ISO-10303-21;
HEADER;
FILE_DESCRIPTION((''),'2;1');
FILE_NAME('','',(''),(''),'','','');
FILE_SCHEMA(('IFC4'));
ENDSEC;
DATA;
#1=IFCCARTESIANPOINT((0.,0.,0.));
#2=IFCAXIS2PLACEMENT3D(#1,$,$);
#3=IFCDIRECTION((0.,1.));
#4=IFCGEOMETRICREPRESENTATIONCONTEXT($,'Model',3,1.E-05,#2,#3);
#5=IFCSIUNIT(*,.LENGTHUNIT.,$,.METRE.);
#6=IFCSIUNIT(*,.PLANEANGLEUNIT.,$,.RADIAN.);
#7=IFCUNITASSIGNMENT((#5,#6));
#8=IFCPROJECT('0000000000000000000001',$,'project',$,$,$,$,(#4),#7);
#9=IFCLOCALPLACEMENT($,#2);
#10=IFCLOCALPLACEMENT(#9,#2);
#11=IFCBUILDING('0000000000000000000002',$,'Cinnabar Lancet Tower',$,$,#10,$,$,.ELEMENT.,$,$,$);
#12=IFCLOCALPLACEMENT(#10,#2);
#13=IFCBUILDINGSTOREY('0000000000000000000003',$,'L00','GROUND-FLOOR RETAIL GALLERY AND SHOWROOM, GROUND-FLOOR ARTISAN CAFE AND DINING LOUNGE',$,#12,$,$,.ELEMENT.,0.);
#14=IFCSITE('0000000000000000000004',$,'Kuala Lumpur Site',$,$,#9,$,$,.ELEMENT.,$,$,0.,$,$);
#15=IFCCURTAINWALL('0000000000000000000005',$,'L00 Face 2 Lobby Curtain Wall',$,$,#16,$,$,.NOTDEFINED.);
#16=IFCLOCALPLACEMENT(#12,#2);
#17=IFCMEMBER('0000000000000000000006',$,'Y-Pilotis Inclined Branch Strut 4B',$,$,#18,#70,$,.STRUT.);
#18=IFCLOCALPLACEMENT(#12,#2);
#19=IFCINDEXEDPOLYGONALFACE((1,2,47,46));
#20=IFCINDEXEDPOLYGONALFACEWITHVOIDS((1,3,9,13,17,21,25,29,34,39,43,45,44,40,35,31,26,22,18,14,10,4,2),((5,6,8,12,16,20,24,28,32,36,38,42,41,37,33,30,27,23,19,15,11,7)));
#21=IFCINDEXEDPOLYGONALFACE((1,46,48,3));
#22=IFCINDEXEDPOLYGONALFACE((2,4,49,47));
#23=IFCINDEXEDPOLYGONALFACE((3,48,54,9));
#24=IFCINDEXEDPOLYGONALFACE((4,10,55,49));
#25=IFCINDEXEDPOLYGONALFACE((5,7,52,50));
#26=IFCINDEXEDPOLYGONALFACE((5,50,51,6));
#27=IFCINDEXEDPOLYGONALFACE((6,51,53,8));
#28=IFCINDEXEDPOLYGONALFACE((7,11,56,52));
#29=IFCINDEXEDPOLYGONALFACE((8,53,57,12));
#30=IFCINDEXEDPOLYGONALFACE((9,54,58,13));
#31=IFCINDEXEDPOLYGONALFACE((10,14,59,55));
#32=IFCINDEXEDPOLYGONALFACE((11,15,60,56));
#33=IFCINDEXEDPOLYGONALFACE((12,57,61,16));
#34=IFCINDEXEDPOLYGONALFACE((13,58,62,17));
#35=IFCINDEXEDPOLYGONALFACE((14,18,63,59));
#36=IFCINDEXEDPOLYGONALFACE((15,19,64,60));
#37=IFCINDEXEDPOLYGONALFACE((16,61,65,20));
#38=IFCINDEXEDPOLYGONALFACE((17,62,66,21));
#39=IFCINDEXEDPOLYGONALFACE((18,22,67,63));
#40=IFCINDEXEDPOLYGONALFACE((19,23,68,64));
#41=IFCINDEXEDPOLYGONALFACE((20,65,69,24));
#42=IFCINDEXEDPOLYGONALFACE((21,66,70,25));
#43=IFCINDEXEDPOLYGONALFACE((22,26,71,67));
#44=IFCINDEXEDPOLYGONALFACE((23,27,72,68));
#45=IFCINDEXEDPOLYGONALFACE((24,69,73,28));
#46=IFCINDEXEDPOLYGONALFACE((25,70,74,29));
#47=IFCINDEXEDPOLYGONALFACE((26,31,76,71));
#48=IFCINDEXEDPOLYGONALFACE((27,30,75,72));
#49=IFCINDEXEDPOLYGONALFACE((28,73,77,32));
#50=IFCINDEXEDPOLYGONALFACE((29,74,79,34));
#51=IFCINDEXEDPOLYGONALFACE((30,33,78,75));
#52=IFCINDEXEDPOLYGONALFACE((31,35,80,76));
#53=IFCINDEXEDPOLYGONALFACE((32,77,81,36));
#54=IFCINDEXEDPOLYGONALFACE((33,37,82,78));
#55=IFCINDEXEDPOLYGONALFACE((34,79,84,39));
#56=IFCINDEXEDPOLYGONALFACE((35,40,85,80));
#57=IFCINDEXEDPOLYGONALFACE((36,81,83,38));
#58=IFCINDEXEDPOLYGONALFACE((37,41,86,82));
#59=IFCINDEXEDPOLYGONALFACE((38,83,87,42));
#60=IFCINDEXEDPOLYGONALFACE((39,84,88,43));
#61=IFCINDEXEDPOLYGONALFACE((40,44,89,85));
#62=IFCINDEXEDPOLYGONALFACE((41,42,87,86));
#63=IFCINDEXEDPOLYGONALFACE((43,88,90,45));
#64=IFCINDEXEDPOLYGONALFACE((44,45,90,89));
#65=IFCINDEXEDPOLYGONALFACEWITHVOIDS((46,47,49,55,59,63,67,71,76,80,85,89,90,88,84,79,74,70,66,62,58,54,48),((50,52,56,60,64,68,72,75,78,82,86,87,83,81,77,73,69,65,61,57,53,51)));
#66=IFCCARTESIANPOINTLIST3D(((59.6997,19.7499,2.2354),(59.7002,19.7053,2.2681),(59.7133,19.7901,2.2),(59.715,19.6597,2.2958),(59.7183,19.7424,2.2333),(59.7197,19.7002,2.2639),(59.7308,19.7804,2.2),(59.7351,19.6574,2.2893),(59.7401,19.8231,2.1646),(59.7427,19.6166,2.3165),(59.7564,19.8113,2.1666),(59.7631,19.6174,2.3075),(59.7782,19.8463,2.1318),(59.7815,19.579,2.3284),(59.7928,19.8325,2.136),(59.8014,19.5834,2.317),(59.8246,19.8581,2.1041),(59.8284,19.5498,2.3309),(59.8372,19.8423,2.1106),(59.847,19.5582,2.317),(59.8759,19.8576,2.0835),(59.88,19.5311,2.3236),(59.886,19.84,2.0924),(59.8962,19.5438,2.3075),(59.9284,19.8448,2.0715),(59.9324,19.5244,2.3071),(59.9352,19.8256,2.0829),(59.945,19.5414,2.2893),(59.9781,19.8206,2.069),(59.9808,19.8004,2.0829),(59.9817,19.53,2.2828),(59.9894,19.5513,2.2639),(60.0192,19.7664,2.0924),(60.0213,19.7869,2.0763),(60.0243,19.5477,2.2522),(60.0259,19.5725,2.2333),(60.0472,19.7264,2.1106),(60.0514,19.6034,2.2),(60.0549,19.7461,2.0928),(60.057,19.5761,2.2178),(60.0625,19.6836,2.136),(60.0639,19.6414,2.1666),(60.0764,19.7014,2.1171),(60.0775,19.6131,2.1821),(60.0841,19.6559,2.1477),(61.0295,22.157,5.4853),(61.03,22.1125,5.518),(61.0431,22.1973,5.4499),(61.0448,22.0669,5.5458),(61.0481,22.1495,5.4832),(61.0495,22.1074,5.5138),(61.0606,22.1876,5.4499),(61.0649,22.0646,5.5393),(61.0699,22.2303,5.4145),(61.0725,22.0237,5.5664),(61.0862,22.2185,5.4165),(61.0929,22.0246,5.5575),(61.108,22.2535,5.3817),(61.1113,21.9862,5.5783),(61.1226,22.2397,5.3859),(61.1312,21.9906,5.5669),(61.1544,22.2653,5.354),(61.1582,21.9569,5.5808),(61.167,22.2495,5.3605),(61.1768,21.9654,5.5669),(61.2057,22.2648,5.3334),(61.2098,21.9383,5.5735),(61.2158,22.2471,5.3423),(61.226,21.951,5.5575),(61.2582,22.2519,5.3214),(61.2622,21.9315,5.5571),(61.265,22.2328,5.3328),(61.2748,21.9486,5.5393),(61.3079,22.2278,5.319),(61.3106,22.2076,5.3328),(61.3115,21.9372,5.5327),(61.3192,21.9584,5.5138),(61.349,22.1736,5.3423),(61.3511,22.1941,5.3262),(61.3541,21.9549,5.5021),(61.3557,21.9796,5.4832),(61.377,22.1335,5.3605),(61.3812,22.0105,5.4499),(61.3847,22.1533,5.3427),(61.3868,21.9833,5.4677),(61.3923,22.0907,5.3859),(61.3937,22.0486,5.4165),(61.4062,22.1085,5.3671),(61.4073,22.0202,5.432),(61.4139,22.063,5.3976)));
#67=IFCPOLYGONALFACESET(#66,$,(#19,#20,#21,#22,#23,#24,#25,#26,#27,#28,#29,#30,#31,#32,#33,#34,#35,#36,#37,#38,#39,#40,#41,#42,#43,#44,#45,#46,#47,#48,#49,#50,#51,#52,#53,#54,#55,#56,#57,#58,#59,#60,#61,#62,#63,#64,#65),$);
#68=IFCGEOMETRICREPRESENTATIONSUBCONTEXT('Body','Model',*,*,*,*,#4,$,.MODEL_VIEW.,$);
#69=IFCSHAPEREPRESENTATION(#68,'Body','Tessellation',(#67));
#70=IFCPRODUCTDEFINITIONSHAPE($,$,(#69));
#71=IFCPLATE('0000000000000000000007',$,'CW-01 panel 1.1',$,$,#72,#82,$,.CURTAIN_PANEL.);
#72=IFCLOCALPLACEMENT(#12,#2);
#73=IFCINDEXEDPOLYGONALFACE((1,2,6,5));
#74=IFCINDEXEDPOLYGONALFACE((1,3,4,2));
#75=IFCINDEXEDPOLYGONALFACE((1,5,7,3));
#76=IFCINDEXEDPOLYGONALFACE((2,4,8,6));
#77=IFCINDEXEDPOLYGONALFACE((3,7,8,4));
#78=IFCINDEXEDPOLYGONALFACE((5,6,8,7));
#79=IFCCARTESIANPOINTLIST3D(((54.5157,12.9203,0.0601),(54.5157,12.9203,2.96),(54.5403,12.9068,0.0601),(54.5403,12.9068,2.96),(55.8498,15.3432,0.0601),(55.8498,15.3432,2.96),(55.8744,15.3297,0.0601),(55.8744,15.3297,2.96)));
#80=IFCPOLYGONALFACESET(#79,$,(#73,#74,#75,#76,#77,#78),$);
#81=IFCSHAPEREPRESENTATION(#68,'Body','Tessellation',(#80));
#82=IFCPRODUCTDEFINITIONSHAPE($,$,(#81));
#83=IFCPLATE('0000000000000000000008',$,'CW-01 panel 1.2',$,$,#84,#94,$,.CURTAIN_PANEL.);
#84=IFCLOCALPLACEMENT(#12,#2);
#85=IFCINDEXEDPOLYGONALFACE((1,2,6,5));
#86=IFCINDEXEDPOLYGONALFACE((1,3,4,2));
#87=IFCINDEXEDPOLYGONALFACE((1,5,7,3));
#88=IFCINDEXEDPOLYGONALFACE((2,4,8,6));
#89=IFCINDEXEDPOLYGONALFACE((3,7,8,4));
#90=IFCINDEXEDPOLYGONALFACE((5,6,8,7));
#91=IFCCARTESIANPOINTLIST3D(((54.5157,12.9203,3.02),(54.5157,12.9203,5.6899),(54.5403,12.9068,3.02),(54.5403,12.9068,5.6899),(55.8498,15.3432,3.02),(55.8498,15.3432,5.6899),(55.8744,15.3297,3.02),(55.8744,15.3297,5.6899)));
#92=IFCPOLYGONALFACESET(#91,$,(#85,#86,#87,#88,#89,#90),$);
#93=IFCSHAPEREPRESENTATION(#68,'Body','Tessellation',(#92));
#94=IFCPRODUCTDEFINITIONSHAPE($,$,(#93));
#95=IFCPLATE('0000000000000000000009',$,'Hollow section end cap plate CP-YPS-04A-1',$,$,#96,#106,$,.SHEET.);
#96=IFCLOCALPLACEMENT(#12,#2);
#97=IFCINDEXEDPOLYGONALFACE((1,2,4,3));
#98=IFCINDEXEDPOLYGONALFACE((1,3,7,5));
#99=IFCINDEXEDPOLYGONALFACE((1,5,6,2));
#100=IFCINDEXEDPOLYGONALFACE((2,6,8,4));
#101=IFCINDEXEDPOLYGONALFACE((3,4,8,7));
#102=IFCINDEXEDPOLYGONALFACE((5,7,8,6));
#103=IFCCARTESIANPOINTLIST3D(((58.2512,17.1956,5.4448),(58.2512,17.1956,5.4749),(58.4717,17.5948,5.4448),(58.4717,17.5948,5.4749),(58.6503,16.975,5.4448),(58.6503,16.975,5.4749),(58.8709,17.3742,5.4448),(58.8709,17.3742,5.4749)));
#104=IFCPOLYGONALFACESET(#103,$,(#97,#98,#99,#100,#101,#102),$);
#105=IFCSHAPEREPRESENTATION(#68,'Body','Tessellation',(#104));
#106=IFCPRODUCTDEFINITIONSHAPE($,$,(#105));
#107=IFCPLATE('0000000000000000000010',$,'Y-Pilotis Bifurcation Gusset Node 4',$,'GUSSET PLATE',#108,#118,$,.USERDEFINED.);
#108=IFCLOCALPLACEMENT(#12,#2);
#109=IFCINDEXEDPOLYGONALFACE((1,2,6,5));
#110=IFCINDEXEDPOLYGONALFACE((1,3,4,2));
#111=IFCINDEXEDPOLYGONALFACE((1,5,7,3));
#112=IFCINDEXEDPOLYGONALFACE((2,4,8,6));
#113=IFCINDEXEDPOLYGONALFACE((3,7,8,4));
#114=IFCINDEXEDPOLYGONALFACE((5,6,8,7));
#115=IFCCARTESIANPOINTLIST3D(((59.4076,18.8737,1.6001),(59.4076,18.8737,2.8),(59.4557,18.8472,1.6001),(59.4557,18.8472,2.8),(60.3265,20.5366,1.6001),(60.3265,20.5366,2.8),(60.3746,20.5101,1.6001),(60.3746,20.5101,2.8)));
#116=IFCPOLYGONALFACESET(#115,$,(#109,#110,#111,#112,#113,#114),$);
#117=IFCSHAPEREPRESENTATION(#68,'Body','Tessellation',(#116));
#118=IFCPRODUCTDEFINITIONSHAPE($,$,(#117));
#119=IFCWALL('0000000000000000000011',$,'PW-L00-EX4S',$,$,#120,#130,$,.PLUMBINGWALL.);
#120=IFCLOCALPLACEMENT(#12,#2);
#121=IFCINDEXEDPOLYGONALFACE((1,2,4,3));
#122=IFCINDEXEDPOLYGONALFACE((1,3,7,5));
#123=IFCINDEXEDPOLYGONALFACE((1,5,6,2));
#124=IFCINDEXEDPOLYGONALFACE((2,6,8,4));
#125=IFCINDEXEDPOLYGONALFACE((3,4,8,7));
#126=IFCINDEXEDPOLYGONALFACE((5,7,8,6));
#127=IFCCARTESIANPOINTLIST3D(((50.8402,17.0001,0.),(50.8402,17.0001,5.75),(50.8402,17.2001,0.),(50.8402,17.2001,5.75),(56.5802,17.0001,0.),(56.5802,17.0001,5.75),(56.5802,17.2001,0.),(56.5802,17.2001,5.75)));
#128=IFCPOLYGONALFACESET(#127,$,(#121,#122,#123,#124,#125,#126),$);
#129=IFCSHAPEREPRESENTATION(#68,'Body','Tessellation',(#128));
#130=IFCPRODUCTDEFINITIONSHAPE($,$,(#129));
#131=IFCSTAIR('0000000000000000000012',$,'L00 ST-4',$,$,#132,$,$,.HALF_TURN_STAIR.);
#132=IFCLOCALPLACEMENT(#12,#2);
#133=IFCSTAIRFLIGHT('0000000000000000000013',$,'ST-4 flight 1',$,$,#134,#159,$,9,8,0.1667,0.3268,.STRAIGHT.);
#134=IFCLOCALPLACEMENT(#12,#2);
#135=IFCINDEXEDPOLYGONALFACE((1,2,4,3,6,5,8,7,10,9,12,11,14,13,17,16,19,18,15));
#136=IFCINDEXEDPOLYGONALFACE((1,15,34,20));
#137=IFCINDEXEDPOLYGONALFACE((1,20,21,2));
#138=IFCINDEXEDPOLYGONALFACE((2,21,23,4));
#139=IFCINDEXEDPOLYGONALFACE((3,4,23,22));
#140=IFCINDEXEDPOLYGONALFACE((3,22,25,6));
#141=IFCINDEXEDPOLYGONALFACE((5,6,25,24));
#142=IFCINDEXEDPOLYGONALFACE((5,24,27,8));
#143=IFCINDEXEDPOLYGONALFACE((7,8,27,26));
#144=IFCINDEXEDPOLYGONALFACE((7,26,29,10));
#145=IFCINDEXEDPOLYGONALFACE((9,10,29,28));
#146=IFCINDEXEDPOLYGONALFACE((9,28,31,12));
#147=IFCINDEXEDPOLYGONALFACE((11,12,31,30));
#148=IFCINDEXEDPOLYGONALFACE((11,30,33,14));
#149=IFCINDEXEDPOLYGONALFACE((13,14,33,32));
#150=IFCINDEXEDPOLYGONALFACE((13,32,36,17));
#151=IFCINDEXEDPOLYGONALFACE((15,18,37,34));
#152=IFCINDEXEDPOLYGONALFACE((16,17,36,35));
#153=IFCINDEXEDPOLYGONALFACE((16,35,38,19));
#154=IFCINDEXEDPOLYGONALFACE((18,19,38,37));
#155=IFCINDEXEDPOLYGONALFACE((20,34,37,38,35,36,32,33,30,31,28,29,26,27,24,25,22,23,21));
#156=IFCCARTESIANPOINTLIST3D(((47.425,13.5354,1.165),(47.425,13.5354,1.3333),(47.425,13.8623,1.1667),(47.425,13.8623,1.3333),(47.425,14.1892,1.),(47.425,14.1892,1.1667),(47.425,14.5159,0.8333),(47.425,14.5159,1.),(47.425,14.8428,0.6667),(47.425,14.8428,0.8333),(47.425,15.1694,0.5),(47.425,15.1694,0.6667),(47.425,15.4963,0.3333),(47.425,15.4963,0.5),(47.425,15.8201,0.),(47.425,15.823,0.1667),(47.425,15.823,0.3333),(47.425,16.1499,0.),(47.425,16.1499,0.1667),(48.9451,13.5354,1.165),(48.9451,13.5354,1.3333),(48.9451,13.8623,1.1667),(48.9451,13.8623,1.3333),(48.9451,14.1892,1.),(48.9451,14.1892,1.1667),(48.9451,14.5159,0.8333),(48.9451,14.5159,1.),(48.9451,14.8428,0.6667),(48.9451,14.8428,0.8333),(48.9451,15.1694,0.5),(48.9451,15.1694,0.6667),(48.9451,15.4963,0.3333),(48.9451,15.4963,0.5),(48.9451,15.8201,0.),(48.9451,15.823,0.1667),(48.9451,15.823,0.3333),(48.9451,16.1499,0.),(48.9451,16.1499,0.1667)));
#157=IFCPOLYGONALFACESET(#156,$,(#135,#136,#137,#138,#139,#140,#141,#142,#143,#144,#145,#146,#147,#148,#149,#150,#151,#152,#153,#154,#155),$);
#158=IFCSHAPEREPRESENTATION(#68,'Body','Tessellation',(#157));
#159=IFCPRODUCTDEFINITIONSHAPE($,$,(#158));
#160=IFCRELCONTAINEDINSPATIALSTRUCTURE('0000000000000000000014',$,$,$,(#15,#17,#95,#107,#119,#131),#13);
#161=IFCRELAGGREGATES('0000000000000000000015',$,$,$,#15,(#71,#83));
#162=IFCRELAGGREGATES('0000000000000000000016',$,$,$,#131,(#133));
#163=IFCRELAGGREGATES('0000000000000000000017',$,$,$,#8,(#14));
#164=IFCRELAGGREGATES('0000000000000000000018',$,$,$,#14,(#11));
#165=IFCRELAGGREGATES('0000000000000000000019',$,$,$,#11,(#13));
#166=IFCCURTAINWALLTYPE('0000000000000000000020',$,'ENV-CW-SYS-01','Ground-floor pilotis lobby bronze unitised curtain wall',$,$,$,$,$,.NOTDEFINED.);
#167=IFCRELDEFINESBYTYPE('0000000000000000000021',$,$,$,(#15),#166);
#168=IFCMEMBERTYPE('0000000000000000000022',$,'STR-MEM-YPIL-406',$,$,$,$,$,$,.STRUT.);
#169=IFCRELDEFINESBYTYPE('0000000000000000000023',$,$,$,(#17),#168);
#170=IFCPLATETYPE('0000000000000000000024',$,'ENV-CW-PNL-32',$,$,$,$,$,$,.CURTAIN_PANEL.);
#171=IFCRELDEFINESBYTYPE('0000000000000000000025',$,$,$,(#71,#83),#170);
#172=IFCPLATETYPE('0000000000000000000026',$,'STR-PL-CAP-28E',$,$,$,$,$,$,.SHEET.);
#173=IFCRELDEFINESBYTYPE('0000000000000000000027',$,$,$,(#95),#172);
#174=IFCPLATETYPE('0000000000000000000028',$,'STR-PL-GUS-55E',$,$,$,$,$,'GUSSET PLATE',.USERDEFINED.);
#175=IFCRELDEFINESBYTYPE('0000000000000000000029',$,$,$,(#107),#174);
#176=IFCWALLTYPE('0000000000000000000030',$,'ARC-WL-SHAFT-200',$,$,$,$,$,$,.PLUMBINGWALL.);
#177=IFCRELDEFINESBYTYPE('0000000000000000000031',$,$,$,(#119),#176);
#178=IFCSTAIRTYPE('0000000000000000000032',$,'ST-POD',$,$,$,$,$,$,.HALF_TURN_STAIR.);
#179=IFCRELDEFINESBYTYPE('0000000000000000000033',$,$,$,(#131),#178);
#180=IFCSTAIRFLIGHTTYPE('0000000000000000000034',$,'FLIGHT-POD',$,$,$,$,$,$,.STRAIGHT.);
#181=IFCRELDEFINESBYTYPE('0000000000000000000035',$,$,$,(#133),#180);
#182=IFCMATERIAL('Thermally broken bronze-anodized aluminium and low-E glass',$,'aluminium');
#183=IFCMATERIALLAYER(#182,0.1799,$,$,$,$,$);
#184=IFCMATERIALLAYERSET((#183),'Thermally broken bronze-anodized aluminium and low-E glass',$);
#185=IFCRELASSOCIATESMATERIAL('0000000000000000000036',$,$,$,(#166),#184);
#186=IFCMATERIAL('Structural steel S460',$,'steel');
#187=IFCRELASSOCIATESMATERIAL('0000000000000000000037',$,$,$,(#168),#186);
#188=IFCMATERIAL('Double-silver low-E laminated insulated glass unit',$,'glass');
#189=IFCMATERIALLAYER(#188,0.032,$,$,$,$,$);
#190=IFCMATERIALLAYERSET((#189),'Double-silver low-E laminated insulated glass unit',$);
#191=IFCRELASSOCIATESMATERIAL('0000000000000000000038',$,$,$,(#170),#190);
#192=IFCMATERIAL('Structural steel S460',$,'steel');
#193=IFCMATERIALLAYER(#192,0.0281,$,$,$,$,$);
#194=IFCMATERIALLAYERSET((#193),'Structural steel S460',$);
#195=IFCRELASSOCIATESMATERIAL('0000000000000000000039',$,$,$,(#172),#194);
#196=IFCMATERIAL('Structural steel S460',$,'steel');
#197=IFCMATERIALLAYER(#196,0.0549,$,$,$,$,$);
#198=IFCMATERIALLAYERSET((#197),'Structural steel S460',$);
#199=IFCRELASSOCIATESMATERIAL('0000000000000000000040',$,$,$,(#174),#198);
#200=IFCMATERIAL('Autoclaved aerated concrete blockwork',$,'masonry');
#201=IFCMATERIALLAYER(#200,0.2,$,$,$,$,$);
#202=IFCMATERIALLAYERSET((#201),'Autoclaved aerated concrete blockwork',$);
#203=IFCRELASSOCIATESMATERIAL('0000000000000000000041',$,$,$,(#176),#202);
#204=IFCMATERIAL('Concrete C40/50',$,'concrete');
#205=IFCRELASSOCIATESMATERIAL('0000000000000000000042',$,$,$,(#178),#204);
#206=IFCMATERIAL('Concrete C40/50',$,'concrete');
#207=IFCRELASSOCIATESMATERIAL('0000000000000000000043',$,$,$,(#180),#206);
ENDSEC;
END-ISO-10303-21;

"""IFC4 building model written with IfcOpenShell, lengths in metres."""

from ifc_helpers import new_model, si_unit, direction, frame, frame_2d, origin, origin_2d, place, context, subcontext, project, spatial, polyline, rectangle, hollow_circle, outline, extrude, material, layer, layer_set, material_profile, profile_set, type_object, element, aggregate, save


model = new_model("IFC4")

# Units and contexts
model_context = context("Model", 3, precision=1e-05, world=origin(), true_north=direction((0.0, 1.0)))
body_context = subcontext(model_context, "Body", "Model", "MODEL_VIEW")
ifc_project = project(units=[si_unit("LENGTHUNIT", "METRE"), si_unit("PLANEANGLEUNIT", "RADIAN")], contexts=[model_context])

# Site, building, storey
site_placement = place(None, origin())
site = spatial("IfcSite", under=ifc_project, at=site_placement, Name="Kuala Lumpur Site", CompositionType="ELEMENT", RefElevation=0.0)
building_placement = place(site_placement, origin())
building = spatial("IfcBuilding", under=site, at=building_placement, Name="Cinnabar Lancet Tower", CompositionType="ELEMENT")
storey_placement = place(building_placement, origin())
storey = spatial("IfcBuildingStorey", under=building, at=storey_placement, Name="L00", Description="GROUND-FLOOR RETAIL GALLERY AND SHOWROOM, GROUND-FLOOR ARTISAN CAFE AND DINING LOUNGE", CompositionType="ELEMENT", Elevation=0.0)

# Curtain wall
ifc_material_1 = material(Name="Thermally broken bronze-anodized aluminium and low-E glass", Category="aluminium")
ifc_layer_1 = layer(ifc_material_1, 0.1799)
ifc_layer_set_1 = layer_set([ifc_layer_1], Name="Thermally broken bronze-anodized aluminium and low-E glass")
curtain_wall_type = type_object("IfcCurtainWallType", Name="ENV-CW-SYS-01", Description="Ground-floor pilotis lobby bronze unitised curtain wall", PredefinedType="NOTDEFINED", material=ifc_layer_set_1)
curtain_wall_placement = place(storey_placement, origin())
curtain_wall = element("IfcCurtainWall", 1, at=curtain_wall_placement, inside=storey, type_object=curtain_wall_type, Name="L00 Face 2 Lobby Curtain Wall", PredefinedType="NOTDEFINED")

# Member
ifc_material_2 = material(Name="Structural steel S460", Category="steel")
ifc_material_profile_1 = material_profile(ifc_material_2, hollow_circle(Radius=0.2031, WallThickness=0.02, at=origin_2d()), Name="CHS 406.4x20")
ifc_profile_set_1 = profile_set([ifc_material_profile_1], Name="Structural steel S460")
member_type_1 = type_object("IfcMemberType", Name="STR-MEM-YPIL-406", PredefinedType="STRUT", material=ifc_profile_set_1)
for number, where, z_axis, x_axis, name in (
    (2, (59.8911, 19.6919, 2.2), (0.312356, 0.565418, 0.763372), (-0.875315, 0.483554, 0.0), "Y-Pilotis Inclined Branch Strut 4B"),
):
    element("IfcMember", number, at=place(storey_placement, frame(where, z_axis=z_axis, x_axis=x_axis)), inside=storey, type_object=member_type_1, Name=name, PredefinedType="STRUT", context=body_context, shape_type="SweptSolid", body=[
        extrude(hollow_circle(Radius=0.2031, WallThickness=0.02, at=origin_2d()), origin(), (0.0, 0.0, 1.0), 4.2573),
    ])

# Plates
ifc_material_3 = material(Name="Double-silver low-E laminated insulated glass unit", Category="glass")
ifc_layer_2 = layer(ifc_material_3, 0.032)
ifc_layer_set_2 = layer_set([ifc_layer_2], Name="Double-silver low-E laminated insulated glass unit")
plate_type_1 = type_object("IfcPlateType", Name="ENV-CW-PNL-32", PredefinedType="CURTAIN_PANEL", material=ifc_layer_set_2)
plate_1_placement = place(storey_placement, frame((55.1951, 14.125, 0.0601), z_axis=(0.0, 0.0, 1.0), x_axis=(-0.482344, -0.875982, 0.0)))
plate_1 = element("IfcPlate", 3, at=plate_1_placement, type_object=plate_type_1, Name="CW-01 panel 1.1", PredefinedType="CURTAIN_PANEL", context=body_context, shape_type="SweptSolid", body=[
    extrude(rectangle(XDim=2.7659, YDim=0.0281, at=origin_2d()), origin(), (0.0, 0.0, 1.0), 2.8999),
])
plate_2_placement = place(storey_placement, frame((55.1951, 14.125, 3.02), z_axis=(0.0, 0.0, 1.0), x_axis=(-0.482344, -0.875982, 0.0)))
plate_2 = element("IfcPlate", 4, at=plate_2_placement, type_object=plate_type_1, Name="CW-01 panel 1.2", PredefinedType="CURTAIN_PANEL", context=body_context, shape_type="SweptSolid", body=[
    extrude(rectangle(XDim=2.7659, YDim=0.0281, at=origin_2d()), origin(), (0.0, 0.0, 1.0), 2.6699),
])
aggregate(curtain_wall, [plate_1, plate_2])

# Plates
ifc_material_4 = material(Name="Structural steel S460", Category="steel")
ifc_layer_3 = layer(ifc_material_4, 0.0281)
ifc_layer_set_3 = layer_set([ifc_layer_3], Name="Structural steel S460")
plate_type_2 = type_object("IfcPlateType", Name="STR-PL-CAP-28E", PredefinedType="SHEET", material=ifc_layer_set_3)
plate_3_placement = place(storey_placement, frame((58.561, 17.2849, 5.4448), z_axis=(0.0, 0.0, 1.0), x_axis=(-0.483634, -0.87527, 0.0)))
element("IfcPlate", 5, at=plate_3_placement, inside=storey, type_object=plate_type_2, Name="Hollow section end cap plate CP-YPS-04A-1", PredefinedType="SHEET", context=body_context, shape_type="SweptSolid", body=[
    extrude(rectangle(XDim=0.4561, YDim=0.4561, at=origin_2d()), origin(), (0.0, 0.0, 1.0), 0.03),
])
ifc_material_5 = material(Name="Structural steel S460", Category="steel")
ifc_layer_4 = layer(ifc_material_5, 0.0549)
ifc_layer_set_4 = layer_set([ifc_layer_4], Name="Structural steel S460")
plate_type_3 = type_object("IfcPlateType", Name="STR-PL-GUS-55E", ElementType="GUSSET PLATE", PredefinedType="USERDEFINED", material=ifc_layer_set_4)
plate_4_placement = place(storey_placement, frame((59.8911, 19.6919, 1.6001), z_axis=(0.0, 0.0, 1.0), x_axis=(0.483664, 0.875254, 0.0)))
element("IfcPlate", 6, at=plate_4_placement, inside=storey, type_object=plate_type_3, Name="Y-Pilotis Bifurcation Gusset Node 4", ObjectType="GUSSET PLATE", PredefinedType="USERDEFINED", context=body_context, shape_type="SweptSolid", body=[
    extrude(rectangle(XDim=1.8999, YDim=0.0549, at=origin_2d()), origin(), (0.0, 0.0, 1.0), 1.2),
])

# Shared definitions
ifc_material_6 = material(Name="Autoclaved aerated concrete blockwork", Category="masonry")
ifc_layer_5 = layer(ifc_material_6, 0.2)
ifc_layer_set_5 = layer_set([ifc_layer_5], Name="Autoclaved aerated concrete blockwork")
wall_type = type_object("IfcWallType", Name="ARC-WL-SHAFT-200", PredefinedType="PLUMBINGWALL", material=ifc_layer_set_5)

# Wall
wall_1_placement = place(storey_placement, frame((50.8401, 17.1001, 0.0), z_axis=(0.0, 0.0, 1.0), x_axis=(1.0, 0.0, 0.0)))
element("IfcWall", 7, at=wall_1_placement, inside=storey, type_object=wall_type, Name="PW-L00-EX4S", PredefinedType="PLUMBINGWALL", context=body_context, shape_type="SweptSolid", body=[
    extrude(rectangle(XDim=5.74, YDim=0.2, at=frame_2d((2.8701, 0.0))), origin(), (0.0, 0.0, 1.0), 5.75),
])

# Stair, stair flight
ifc_material_7 = material(Name="Concrete C40/50", Category="concrete")
stair_type = type_object("IfcStairType", Name="ST-POD", PredefinedType="HALF_TURN_STAIR", material=ifc_material_7)
stair_placement = place(storey_placement, origin())
stair = element("IfcStair", 8, at=stair_placement, inside=storey, type_object=stair_type, Name="L00 ST-4", PredefinedType="HALF_TURN_STAIR")
ifc_material_8 = material(Name="Concrete C40/50", Category="concrete")
stair_flight_type = type_object("IfcStairFlightType", Name="FLIGHT-POD", PredefinedType="STRAIGHT", material=ifc_material_8)
stair_flight_1_placement = place(storey_placement, frame((48.1851, 16.1499, 0.0), z_axis=(0.0, 0.0, 1.0), x_axis=(0.0, -1.0, 0.0)))
stair_flight_1 = element("IfcStairFlight", 9, at=stair_flight_1_placement, type_object=stair_flight_type, Name="ST-4 flight 1", NumberOfRisers=9, NumberOfTreads=8, PredefinedType="STRAIGHT", RiserHeight=0.1667, TreadLength=0.3268, context=body_context, shape_type="SweptSolid", body=[
    extrude(outline(polyline([(0.0, 0.0), (0.0, 0.1667), (0.3269, 0.1667), (0.3269, 0.3333), (0.6536, 0.3333), (0.6536, 0.5), (0.9805, 0.5), (0.9805, 0.6667), (1.3071, 0.6667), (1.3071, 0.8333), (1.634, 0.8333), (1.634, 1.0), (1.9607, 1.0), (1.9607, 1.1667), (2.2876, 1.1667), (2.2876, 1.3333), (2.6145, 1.3333), (2.6145, 1.5), (2.6145, 1.165), (0.3298, 0.0), (0.0, 0.0)])), frame((0.0, 0.76, 0.0), z_axis=(0.0, -1.0, 0.0), x_axis=(1.0, 0.0, 0.0)), (0.0, 0.0, 1.0), 1.52),
])
aggregate(stair, [stair_flight_1])

save(model, "model.ifc")
